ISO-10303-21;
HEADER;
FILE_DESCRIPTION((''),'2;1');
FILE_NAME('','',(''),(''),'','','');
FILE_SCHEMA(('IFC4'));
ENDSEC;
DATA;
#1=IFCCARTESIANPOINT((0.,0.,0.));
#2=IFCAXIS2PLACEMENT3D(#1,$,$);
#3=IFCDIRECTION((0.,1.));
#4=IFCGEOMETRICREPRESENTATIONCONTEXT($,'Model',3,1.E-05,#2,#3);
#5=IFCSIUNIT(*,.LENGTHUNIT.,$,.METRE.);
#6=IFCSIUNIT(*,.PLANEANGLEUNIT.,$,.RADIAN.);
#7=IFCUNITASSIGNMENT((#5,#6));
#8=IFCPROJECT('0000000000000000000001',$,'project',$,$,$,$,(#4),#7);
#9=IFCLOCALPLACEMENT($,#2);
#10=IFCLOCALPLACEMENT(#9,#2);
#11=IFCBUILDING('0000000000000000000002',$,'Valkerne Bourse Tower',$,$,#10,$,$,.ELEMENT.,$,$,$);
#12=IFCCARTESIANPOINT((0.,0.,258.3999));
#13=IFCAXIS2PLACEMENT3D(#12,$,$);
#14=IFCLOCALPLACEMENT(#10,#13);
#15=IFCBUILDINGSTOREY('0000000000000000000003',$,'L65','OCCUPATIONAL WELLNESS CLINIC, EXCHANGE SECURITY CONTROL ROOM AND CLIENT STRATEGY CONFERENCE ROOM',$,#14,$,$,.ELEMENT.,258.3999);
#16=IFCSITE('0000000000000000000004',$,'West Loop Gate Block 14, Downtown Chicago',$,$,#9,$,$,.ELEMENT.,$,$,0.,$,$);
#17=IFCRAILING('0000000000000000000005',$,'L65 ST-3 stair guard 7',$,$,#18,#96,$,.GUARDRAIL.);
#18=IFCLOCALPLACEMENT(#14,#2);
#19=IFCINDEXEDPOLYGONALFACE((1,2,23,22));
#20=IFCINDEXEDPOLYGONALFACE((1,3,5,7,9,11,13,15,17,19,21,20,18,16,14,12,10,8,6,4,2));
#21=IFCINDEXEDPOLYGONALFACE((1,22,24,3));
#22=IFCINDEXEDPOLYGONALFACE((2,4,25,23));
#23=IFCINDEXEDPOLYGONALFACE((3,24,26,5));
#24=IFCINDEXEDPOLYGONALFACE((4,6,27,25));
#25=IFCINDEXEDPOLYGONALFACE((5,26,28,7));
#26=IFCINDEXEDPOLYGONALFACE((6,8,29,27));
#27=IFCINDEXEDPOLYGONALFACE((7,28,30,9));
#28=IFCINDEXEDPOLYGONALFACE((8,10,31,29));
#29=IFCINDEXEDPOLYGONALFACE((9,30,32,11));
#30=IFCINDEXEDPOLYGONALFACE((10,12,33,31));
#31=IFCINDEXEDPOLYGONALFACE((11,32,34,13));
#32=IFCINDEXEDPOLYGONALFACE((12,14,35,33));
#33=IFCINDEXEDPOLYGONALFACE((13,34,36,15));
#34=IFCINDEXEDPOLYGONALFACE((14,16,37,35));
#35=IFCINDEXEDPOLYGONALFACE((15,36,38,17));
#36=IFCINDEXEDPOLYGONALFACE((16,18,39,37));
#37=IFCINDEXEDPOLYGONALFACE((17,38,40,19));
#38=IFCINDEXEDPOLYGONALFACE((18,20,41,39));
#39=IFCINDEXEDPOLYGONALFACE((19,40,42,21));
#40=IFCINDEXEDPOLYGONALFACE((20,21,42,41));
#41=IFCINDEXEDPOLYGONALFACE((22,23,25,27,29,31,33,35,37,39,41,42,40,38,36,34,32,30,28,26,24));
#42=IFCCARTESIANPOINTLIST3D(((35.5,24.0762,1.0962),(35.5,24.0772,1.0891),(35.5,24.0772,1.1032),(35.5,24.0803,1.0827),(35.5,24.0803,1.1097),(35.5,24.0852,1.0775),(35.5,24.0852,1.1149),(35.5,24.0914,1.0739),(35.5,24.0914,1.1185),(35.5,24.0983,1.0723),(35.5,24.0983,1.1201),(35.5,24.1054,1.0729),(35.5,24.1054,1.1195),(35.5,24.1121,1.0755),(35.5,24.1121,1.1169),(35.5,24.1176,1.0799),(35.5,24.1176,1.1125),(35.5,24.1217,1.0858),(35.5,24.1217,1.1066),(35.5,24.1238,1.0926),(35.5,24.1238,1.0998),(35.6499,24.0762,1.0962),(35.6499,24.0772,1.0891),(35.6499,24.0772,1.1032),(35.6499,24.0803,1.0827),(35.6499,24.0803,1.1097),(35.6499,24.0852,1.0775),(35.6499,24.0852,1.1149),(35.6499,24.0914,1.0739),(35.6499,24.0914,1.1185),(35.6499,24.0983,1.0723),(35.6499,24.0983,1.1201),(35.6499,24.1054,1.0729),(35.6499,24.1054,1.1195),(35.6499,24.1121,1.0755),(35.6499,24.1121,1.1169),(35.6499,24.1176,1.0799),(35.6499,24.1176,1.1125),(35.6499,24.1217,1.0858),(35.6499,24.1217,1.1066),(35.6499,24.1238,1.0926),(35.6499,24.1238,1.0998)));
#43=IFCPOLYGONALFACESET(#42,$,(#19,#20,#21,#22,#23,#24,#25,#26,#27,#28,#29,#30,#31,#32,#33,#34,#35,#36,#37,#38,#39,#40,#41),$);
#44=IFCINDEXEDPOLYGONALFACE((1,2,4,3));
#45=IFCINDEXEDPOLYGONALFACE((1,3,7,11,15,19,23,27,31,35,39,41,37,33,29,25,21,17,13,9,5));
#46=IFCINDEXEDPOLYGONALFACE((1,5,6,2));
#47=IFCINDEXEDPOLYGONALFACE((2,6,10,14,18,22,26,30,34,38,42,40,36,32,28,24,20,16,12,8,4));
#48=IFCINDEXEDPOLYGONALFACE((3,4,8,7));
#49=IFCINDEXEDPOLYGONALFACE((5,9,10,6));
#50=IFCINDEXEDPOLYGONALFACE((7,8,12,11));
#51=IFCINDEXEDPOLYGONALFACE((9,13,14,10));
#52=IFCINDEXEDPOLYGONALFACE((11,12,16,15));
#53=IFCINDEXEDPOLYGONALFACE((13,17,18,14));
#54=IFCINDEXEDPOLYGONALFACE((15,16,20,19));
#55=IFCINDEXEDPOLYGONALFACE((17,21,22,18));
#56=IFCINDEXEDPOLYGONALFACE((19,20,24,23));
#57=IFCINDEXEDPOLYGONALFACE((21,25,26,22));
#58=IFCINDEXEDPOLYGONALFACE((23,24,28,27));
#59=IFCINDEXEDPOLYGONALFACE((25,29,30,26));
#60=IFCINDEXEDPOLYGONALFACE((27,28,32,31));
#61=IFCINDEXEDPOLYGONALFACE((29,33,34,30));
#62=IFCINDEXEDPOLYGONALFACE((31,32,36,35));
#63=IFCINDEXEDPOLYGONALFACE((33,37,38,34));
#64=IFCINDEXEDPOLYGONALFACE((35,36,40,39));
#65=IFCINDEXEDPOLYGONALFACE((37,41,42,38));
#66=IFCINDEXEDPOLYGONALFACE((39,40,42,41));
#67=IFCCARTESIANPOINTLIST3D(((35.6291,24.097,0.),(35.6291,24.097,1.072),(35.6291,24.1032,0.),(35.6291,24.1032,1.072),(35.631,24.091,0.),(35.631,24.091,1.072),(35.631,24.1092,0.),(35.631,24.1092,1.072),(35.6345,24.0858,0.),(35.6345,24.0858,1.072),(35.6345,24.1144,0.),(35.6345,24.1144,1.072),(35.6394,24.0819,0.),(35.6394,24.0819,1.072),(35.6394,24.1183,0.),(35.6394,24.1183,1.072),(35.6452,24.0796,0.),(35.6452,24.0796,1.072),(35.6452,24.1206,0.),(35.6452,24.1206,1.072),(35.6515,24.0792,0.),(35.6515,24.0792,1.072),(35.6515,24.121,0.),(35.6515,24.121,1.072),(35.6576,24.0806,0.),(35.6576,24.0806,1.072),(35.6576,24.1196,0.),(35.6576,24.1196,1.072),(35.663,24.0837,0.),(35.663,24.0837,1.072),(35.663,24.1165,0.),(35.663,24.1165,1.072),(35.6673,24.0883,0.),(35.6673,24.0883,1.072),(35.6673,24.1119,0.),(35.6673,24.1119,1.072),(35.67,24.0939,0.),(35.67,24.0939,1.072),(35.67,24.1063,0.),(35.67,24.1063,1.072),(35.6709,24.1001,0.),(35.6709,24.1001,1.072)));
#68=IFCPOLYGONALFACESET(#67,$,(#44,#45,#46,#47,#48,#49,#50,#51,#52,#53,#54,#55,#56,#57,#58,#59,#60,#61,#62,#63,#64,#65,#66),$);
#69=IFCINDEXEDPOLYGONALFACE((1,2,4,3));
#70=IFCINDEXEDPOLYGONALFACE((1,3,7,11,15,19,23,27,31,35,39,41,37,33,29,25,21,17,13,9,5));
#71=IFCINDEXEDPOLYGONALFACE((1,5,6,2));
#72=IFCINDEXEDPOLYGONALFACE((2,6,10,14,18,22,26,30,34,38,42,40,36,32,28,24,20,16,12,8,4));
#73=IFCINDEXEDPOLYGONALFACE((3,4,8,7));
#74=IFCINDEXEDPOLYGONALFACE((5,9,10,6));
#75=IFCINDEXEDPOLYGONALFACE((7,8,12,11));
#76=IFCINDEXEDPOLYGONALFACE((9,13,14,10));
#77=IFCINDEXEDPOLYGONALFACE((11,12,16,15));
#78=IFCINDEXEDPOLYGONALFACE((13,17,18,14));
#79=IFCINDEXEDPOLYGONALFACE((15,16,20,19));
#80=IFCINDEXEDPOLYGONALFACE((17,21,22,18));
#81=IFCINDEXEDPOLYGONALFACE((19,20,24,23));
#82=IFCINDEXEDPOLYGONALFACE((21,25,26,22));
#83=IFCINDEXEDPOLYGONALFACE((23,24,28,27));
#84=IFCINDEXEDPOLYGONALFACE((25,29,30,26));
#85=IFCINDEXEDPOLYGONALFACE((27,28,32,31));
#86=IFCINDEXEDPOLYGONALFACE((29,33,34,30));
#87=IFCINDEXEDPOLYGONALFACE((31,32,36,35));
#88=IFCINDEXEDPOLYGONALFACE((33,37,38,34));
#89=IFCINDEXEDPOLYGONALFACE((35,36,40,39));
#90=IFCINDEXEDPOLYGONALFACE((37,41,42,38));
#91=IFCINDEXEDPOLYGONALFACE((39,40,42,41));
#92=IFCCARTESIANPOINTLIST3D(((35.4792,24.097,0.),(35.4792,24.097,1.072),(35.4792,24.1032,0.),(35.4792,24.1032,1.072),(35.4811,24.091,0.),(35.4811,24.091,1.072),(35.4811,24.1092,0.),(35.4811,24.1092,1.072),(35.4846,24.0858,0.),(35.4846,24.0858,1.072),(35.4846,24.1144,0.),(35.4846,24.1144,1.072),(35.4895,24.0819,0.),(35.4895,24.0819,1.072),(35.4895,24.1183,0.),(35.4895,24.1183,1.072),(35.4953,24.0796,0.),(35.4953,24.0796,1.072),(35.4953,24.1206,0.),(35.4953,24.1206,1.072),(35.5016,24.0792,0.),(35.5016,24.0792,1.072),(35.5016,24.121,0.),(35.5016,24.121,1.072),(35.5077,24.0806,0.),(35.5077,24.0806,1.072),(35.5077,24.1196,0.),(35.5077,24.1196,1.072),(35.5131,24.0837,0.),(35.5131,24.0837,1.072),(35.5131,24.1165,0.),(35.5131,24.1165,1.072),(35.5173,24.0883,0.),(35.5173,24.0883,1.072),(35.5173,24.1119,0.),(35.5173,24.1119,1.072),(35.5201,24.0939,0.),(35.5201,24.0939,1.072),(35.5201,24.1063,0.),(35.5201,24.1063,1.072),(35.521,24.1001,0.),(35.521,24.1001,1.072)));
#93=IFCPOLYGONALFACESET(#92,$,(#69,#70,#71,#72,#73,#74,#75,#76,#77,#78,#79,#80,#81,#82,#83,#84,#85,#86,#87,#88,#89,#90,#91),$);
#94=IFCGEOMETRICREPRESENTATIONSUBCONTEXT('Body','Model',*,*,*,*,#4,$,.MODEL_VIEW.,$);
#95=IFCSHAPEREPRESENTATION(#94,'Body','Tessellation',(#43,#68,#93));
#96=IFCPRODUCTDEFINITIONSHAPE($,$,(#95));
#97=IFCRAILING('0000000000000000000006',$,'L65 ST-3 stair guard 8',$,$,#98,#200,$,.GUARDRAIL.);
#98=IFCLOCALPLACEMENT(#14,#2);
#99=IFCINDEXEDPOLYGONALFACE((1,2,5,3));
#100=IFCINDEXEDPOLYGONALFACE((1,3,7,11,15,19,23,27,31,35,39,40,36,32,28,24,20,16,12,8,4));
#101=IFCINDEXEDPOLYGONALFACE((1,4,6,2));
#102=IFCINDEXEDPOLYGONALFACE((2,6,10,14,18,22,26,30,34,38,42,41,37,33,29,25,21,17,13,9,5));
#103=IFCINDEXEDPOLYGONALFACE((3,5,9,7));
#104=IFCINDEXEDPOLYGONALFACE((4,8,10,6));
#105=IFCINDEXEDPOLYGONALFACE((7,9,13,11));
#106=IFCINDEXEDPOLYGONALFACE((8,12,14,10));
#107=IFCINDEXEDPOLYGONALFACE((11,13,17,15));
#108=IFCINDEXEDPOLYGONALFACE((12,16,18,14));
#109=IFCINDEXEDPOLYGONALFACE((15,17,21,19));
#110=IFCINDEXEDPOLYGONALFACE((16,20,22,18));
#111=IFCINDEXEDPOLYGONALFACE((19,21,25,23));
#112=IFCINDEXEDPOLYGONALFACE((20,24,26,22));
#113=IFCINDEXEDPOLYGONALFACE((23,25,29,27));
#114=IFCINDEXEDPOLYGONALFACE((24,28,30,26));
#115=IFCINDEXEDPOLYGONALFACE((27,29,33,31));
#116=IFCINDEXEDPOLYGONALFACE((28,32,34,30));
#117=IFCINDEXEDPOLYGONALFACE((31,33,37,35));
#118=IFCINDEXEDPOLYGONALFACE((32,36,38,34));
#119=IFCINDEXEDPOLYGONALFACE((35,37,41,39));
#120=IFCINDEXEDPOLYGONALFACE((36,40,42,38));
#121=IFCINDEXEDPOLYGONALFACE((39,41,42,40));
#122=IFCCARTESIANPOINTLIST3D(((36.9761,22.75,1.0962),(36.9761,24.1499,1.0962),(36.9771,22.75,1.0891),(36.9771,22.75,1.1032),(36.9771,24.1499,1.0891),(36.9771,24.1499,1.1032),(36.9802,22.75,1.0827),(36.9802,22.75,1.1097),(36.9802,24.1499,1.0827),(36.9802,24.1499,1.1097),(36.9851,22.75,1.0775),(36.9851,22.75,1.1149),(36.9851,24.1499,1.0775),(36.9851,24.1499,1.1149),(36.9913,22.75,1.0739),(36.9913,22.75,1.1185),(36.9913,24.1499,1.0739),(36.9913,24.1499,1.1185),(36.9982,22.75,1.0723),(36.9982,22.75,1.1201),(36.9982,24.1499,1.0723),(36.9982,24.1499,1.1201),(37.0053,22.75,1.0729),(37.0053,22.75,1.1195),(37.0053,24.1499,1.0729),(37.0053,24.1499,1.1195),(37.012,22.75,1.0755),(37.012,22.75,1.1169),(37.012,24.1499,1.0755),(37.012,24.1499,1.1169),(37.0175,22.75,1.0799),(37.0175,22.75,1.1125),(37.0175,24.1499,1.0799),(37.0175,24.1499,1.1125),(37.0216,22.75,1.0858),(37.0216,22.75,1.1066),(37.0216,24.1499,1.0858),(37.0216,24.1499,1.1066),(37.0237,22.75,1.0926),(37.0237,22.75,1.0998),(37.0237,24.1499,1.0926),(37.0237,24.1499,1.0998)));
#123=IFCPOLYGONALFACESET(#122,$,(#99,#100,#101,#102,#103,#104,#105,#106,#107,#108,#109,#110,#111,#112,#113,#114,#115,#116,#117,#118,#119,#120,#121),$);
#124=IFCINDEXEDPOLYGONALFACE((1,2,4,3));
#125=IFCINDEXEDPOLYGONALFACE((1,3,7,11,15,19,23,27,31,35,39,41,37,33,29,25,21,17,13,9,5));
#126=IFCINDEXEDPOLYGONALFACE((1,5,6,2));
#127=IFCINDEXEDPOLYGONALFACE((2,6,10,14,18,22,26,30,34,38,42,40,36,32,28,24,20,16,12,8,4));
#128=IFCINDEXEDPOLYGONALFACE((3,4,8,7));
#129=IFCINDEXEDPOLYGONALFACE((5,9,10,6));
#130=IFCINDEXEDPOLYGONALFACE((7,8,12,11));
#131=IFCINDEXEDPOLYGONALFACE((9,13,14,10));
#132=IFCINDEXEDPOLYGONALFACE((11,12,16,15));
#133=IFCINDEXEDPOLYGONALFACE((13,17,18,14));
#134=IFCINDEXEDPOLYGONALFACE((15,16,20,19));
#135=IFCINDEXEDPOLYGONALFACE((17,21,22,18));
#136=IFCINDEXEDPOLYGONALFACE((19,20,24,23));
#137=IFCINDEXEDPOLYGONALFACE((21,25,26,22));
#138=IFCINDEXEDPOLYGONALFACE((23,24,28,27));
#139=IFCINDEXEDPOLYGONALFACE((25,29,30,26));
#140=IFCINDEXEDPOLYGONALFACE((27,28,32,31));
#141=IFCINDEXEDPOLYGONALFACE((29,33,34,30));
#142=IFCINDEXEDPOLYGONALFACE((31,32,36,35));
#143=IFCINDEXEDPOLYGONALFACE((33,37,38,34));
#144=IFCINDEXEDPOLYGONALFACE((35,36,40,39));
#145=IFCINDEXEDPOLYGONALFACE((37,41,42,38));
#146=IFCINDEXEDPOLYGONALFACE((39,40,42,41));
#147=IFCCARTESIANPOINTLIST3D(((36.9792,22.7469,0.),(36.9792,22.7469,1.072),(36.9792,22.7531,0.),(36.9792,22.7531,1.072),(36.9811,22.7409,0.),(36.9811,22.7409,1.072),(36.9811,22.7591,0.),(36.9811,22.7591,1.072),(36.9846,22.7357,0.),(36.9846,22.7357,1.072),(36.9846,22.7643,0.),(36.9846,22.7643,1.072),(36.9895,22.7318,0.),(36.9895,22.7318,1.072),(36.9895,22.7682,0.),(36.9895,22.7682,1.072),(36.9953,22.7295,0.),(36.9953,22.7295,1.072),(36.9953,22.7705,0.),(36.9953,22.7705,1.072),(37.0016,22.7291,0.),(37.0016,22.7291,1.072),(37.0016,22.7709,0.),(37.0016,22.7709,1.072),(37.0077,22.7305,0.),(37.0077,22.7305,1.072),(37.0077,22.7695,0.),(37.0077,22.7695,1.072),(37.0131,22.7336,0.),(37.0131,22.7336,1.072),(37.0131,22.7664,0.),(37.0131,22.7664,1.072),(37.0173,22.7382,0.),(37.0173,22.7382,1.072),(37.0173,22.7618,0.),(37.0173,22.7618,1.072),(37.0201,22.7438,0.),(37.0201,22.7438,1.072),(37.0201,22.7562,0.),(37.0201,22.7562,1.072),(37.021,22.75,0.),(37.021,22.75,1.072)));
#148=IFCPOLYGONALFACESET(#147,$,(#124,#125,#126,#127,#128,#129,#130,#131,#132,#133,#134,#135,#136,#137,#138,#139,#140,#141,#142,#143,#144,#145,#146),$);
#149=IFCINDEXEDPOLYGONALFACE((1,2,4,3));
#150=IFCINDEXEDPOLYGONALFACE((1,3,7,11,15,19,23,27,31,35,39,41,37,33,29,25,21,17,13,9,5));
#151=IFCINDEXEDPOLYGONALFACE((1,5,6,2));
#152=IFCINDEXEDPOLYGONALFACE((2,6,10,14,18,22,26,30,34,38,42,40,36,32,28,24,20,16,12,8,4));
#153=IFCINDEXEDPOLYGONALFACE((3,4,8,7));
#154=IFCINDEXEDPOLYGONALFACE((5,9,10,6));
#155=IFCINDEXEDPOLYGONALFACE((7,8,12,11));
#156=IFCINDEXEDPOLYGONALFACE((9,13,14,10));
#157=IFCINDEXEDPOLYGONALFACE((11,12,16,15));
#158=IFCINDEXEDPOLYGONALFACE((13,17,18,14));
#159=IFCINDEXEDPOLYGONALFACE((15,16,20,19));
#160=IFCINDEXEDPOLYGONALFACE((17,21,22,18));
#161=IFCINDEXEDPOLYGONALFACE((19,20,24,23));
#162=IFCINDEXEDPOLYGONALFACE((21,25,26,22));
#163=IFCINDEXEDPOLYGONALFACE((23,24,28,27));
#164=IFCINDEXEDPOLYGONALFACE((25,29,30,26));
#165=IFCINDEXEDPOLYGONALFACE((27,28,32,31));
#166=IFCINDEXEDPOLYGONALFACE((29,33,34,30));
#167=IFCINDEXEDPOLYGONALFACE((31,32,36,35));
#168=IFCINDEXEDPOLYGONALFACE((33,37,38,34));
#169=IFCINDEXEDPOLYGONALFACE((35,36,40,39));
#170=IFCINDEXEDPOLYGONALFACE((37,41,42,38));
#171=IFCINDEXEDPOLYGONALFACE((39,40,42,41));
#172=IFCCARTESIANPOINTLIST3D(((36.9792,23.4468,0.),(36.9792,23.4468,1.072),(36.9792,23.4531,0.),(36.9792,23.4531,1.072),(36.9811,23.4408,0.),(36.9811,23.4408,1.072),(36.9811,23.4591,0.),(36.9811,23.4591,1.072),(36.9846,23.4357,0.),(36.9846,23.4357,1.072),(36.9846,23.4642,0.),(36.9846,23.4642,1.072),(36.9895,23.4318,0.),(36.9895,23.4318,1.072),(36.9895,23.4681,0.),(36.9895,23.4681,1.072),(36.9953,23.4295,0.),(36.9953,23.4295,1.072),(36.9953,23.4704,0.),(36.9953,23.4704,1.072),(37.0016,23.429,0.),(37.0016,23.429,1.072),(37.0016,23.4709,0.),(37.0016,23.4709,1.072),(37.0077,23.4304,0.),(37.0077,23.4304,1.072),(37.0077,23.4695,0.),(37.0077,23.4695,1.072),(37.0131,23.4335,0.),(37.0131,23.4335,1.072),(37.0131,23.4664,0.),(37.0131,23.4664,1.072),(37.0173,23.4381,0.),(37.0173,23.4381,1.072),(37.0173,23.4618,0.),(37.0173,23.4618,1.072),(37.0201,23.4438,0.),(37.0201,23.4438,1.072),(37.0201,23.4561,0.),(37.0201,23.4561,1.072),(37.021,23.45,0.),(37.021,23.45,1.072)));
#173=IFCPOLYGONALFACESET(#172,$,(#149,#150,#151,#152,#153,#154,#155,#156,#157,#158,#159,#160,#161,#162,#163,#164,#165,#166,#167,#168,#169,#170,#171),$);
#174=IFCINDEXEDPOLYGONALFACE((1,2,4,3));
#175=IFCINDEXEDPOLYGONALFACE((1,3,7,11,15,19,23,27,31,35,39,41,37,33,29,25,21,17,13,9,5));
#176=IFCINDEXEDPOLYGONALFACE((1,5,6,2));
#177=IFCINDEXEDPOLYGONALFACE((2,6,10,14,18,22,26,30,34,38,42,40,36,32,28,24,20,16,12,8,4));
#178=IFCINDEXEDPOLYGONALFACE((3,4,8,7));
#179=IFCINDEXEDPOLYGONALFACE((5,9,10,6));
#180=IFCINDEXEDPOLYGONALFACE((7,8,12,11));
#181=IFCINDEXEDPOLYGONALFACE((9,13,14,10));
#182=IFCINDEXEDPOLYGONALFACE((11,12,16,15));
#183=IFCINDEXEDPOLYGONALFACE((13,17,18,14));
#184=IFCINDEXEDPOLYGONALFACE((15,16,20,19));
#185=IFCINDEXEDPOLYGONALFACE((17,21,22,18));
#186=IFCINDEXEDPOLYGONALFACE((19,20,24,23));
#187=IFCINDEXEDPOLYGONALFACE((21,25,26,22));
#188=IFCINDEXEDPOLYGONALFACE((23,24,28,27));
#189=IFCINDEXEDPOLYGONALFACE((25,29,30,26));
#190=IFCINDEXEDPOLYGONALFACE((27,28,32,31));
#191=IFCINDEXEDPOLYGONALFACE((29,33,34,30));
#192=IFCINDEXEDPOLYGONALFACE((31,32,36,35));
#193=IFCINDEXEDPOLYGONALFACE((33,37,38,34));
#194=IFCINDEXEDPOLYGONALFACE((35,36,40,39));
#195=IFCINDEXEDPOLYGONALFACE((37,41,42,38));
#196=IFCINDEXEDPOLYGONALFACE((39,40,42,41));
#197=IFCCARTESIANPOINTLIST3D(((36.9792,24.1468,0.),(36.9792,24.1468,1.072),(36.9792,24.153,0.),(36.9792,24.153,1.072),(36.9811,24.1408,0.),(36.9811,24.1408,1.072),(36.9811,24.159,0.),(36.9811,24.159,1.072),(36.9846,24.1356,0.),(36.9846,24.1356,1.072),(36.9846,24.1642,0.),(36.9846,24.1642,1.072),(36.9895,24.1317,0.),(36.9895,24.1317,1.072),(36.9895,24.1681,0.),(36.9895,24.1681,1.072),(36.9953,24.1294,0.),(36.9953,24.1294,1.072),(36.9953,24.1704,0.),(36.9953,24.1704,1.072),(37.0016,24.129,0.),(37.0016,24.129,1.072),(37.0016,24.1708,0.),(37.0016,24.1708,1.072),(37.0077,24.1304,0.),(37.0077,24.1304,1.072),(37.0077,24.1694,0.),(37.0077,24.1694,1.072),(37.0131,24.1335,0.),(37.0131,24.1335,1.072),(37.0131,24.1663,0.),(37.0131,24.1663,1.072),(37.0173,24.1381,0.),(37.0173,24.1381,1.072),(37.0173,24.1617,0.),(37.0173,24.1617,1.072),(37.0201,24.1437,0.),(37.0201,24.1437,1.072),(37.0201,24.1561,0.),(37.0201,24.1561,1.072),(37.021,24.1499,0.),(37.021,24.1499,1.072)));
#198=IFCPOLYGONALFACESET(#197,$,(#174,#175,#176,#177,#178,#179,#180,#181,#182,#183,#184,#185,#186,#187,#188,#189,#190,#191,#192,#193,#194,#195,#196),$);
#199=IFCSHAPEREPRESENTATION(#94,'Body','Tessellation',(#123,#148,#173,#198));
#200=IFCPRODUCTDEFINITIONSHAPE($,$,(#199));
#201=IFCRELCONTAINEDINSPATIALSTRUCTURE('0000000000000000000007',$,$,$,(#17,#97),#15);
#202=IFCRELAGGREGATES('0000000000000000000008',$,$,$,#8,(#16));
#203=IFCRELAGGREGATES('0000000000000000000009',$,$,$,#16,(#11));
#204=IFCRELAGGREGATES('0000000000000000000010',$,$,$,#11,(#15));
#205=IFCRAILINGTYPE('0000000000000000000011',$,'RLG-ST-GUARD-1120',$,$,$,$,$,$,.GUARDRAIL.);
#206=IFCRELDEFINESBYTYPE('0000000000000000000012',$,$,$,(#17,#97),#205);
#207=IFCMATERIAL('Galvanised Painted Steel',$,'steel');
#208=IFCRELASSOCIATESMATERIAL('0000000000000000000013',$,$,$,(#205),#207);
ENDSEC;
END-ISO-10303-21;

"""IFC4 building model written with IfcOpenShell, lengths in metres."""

from ifc_helpers import new_model, si_unit, direction, frame, origin, origin_2d, place, context, subcontext, project, spatial, circle, extrude, material, type_object, element, save


model = new_model("IFC4")

# Units and contexts
model_context = context("Model", 3, precision=1e-05, world=origin(), true_north=direction((0.0, 1.0)))
body_context = subcontext(model_context, "Body", "Model", "MODEL_VIEW")
ifc_project = project(units=[si_unit("LENGTHUNIT", "METRE"), si_unit("PLANEANGLEUNIT", "RADIAN")], contexts=[model_context])

# Site, building, storey
site_placement = place(None, origin())
site = spatial("IfcSite", under=ifc_project, at=site_placement, Name="West Loop Gate Block 14, Downtown Chicago", CompositionType="ELEMENT", RefElevation=0.0)
building_placement = place(site_placement, origin())
building = spatial("IfcBuilding", under=site, at=building_placement, Name="Valkerne Bourse Tower", CompositionType="ELEMENT")
storey_placement = place(building_placement, frame((0.0, 0.0, 258.3999)))
storey = spatial("IfcBuildingStorey", under=building, at=storey_placement, Name="L65", Description="OCCUPATIONAL WELLNESS CLINIC, EXCHANGE SECURITY CONTROL ROOM AND CLIENT STRATEGY CONFERENCE ROOM", CompositionType="ELEMENT", Elevation=258.3999)

# Railings
ifc_material_1 = material(Name="Galvanised Painted Steel", Category="steel")
railing_type_1 = type_object("IfcRailingType", Name="RLG-ST-GUARD-1120", PredefinedType="GUARDRAIL", material=ifc_material_1)
railing_1_placement = place(storey_placement, frame((35.6499, 24.1001, 0.0)))
element("IfcRailing", 1, at=railing_1_placement, inside=storey, type_object=railing_type_1, Name="L65 ST-3 stair guard 7", PredefinedType="GUARDRAIL", context=body_context, shape_type="SweptSolid", body=[
    extrude(circle(Radius=0.0239, at=origin_2d()), frame((0.0, 0.0, 1.0962), z_axis=(-1.0, 0.0, 0.0), x_axis=(0.0, -1.0, 0.0)), (0.0, 0.0, 1.0), 0.1499),
    extrude(circle(Radius=0.021, at=origin_2d()), origin(), (0.0, 0.0, 1.0), 1.072),
    extrude(circle(Radius=0.021, at=origin_2d()), frame((-0.1499, 0.0, 0.0)), (0.0, 0.0, 1.0), 1.072),
])
railing_2_placement = place(storey_placement, frame((37.0, 22.75, 0.0)))
element("IfcRailing", 2, at=railing_2_placement, inside=storey, type_object=railing_type_1, Name="L65 ST-3 stair guard 8", PredefinedType="GUARDRAIL", context=body_context, shape_type="SweptSolid", body=[
    extrude(circle(Radius=0.0239, at=origin_2d()), frame((0.0, 0.0, 1.0962), z_axis=(0.0, 1.0, 0.0), x_axis=(-1.0, 0.0, 0.0)), (0.0, 0.0, 1.0), 1.3999),
    extrude(circle(Radius=0.021, at=origin_2d()), origin(), (0.0, 0.0, 1.0), 1.072),
    extrude(circle(Radius=0.021, at=origin_2d()), frame((0.0, 0.7, 0.0)), (0.0, 0.0, 1.0), 1.072),
    extrude(circle(Radius=0.021, at=origin_2d()), frame((0.0, 1.3999, 0.0)), (0.0, 0.0, 1.0), 1.072),
])

save(model, "model.ifc")
